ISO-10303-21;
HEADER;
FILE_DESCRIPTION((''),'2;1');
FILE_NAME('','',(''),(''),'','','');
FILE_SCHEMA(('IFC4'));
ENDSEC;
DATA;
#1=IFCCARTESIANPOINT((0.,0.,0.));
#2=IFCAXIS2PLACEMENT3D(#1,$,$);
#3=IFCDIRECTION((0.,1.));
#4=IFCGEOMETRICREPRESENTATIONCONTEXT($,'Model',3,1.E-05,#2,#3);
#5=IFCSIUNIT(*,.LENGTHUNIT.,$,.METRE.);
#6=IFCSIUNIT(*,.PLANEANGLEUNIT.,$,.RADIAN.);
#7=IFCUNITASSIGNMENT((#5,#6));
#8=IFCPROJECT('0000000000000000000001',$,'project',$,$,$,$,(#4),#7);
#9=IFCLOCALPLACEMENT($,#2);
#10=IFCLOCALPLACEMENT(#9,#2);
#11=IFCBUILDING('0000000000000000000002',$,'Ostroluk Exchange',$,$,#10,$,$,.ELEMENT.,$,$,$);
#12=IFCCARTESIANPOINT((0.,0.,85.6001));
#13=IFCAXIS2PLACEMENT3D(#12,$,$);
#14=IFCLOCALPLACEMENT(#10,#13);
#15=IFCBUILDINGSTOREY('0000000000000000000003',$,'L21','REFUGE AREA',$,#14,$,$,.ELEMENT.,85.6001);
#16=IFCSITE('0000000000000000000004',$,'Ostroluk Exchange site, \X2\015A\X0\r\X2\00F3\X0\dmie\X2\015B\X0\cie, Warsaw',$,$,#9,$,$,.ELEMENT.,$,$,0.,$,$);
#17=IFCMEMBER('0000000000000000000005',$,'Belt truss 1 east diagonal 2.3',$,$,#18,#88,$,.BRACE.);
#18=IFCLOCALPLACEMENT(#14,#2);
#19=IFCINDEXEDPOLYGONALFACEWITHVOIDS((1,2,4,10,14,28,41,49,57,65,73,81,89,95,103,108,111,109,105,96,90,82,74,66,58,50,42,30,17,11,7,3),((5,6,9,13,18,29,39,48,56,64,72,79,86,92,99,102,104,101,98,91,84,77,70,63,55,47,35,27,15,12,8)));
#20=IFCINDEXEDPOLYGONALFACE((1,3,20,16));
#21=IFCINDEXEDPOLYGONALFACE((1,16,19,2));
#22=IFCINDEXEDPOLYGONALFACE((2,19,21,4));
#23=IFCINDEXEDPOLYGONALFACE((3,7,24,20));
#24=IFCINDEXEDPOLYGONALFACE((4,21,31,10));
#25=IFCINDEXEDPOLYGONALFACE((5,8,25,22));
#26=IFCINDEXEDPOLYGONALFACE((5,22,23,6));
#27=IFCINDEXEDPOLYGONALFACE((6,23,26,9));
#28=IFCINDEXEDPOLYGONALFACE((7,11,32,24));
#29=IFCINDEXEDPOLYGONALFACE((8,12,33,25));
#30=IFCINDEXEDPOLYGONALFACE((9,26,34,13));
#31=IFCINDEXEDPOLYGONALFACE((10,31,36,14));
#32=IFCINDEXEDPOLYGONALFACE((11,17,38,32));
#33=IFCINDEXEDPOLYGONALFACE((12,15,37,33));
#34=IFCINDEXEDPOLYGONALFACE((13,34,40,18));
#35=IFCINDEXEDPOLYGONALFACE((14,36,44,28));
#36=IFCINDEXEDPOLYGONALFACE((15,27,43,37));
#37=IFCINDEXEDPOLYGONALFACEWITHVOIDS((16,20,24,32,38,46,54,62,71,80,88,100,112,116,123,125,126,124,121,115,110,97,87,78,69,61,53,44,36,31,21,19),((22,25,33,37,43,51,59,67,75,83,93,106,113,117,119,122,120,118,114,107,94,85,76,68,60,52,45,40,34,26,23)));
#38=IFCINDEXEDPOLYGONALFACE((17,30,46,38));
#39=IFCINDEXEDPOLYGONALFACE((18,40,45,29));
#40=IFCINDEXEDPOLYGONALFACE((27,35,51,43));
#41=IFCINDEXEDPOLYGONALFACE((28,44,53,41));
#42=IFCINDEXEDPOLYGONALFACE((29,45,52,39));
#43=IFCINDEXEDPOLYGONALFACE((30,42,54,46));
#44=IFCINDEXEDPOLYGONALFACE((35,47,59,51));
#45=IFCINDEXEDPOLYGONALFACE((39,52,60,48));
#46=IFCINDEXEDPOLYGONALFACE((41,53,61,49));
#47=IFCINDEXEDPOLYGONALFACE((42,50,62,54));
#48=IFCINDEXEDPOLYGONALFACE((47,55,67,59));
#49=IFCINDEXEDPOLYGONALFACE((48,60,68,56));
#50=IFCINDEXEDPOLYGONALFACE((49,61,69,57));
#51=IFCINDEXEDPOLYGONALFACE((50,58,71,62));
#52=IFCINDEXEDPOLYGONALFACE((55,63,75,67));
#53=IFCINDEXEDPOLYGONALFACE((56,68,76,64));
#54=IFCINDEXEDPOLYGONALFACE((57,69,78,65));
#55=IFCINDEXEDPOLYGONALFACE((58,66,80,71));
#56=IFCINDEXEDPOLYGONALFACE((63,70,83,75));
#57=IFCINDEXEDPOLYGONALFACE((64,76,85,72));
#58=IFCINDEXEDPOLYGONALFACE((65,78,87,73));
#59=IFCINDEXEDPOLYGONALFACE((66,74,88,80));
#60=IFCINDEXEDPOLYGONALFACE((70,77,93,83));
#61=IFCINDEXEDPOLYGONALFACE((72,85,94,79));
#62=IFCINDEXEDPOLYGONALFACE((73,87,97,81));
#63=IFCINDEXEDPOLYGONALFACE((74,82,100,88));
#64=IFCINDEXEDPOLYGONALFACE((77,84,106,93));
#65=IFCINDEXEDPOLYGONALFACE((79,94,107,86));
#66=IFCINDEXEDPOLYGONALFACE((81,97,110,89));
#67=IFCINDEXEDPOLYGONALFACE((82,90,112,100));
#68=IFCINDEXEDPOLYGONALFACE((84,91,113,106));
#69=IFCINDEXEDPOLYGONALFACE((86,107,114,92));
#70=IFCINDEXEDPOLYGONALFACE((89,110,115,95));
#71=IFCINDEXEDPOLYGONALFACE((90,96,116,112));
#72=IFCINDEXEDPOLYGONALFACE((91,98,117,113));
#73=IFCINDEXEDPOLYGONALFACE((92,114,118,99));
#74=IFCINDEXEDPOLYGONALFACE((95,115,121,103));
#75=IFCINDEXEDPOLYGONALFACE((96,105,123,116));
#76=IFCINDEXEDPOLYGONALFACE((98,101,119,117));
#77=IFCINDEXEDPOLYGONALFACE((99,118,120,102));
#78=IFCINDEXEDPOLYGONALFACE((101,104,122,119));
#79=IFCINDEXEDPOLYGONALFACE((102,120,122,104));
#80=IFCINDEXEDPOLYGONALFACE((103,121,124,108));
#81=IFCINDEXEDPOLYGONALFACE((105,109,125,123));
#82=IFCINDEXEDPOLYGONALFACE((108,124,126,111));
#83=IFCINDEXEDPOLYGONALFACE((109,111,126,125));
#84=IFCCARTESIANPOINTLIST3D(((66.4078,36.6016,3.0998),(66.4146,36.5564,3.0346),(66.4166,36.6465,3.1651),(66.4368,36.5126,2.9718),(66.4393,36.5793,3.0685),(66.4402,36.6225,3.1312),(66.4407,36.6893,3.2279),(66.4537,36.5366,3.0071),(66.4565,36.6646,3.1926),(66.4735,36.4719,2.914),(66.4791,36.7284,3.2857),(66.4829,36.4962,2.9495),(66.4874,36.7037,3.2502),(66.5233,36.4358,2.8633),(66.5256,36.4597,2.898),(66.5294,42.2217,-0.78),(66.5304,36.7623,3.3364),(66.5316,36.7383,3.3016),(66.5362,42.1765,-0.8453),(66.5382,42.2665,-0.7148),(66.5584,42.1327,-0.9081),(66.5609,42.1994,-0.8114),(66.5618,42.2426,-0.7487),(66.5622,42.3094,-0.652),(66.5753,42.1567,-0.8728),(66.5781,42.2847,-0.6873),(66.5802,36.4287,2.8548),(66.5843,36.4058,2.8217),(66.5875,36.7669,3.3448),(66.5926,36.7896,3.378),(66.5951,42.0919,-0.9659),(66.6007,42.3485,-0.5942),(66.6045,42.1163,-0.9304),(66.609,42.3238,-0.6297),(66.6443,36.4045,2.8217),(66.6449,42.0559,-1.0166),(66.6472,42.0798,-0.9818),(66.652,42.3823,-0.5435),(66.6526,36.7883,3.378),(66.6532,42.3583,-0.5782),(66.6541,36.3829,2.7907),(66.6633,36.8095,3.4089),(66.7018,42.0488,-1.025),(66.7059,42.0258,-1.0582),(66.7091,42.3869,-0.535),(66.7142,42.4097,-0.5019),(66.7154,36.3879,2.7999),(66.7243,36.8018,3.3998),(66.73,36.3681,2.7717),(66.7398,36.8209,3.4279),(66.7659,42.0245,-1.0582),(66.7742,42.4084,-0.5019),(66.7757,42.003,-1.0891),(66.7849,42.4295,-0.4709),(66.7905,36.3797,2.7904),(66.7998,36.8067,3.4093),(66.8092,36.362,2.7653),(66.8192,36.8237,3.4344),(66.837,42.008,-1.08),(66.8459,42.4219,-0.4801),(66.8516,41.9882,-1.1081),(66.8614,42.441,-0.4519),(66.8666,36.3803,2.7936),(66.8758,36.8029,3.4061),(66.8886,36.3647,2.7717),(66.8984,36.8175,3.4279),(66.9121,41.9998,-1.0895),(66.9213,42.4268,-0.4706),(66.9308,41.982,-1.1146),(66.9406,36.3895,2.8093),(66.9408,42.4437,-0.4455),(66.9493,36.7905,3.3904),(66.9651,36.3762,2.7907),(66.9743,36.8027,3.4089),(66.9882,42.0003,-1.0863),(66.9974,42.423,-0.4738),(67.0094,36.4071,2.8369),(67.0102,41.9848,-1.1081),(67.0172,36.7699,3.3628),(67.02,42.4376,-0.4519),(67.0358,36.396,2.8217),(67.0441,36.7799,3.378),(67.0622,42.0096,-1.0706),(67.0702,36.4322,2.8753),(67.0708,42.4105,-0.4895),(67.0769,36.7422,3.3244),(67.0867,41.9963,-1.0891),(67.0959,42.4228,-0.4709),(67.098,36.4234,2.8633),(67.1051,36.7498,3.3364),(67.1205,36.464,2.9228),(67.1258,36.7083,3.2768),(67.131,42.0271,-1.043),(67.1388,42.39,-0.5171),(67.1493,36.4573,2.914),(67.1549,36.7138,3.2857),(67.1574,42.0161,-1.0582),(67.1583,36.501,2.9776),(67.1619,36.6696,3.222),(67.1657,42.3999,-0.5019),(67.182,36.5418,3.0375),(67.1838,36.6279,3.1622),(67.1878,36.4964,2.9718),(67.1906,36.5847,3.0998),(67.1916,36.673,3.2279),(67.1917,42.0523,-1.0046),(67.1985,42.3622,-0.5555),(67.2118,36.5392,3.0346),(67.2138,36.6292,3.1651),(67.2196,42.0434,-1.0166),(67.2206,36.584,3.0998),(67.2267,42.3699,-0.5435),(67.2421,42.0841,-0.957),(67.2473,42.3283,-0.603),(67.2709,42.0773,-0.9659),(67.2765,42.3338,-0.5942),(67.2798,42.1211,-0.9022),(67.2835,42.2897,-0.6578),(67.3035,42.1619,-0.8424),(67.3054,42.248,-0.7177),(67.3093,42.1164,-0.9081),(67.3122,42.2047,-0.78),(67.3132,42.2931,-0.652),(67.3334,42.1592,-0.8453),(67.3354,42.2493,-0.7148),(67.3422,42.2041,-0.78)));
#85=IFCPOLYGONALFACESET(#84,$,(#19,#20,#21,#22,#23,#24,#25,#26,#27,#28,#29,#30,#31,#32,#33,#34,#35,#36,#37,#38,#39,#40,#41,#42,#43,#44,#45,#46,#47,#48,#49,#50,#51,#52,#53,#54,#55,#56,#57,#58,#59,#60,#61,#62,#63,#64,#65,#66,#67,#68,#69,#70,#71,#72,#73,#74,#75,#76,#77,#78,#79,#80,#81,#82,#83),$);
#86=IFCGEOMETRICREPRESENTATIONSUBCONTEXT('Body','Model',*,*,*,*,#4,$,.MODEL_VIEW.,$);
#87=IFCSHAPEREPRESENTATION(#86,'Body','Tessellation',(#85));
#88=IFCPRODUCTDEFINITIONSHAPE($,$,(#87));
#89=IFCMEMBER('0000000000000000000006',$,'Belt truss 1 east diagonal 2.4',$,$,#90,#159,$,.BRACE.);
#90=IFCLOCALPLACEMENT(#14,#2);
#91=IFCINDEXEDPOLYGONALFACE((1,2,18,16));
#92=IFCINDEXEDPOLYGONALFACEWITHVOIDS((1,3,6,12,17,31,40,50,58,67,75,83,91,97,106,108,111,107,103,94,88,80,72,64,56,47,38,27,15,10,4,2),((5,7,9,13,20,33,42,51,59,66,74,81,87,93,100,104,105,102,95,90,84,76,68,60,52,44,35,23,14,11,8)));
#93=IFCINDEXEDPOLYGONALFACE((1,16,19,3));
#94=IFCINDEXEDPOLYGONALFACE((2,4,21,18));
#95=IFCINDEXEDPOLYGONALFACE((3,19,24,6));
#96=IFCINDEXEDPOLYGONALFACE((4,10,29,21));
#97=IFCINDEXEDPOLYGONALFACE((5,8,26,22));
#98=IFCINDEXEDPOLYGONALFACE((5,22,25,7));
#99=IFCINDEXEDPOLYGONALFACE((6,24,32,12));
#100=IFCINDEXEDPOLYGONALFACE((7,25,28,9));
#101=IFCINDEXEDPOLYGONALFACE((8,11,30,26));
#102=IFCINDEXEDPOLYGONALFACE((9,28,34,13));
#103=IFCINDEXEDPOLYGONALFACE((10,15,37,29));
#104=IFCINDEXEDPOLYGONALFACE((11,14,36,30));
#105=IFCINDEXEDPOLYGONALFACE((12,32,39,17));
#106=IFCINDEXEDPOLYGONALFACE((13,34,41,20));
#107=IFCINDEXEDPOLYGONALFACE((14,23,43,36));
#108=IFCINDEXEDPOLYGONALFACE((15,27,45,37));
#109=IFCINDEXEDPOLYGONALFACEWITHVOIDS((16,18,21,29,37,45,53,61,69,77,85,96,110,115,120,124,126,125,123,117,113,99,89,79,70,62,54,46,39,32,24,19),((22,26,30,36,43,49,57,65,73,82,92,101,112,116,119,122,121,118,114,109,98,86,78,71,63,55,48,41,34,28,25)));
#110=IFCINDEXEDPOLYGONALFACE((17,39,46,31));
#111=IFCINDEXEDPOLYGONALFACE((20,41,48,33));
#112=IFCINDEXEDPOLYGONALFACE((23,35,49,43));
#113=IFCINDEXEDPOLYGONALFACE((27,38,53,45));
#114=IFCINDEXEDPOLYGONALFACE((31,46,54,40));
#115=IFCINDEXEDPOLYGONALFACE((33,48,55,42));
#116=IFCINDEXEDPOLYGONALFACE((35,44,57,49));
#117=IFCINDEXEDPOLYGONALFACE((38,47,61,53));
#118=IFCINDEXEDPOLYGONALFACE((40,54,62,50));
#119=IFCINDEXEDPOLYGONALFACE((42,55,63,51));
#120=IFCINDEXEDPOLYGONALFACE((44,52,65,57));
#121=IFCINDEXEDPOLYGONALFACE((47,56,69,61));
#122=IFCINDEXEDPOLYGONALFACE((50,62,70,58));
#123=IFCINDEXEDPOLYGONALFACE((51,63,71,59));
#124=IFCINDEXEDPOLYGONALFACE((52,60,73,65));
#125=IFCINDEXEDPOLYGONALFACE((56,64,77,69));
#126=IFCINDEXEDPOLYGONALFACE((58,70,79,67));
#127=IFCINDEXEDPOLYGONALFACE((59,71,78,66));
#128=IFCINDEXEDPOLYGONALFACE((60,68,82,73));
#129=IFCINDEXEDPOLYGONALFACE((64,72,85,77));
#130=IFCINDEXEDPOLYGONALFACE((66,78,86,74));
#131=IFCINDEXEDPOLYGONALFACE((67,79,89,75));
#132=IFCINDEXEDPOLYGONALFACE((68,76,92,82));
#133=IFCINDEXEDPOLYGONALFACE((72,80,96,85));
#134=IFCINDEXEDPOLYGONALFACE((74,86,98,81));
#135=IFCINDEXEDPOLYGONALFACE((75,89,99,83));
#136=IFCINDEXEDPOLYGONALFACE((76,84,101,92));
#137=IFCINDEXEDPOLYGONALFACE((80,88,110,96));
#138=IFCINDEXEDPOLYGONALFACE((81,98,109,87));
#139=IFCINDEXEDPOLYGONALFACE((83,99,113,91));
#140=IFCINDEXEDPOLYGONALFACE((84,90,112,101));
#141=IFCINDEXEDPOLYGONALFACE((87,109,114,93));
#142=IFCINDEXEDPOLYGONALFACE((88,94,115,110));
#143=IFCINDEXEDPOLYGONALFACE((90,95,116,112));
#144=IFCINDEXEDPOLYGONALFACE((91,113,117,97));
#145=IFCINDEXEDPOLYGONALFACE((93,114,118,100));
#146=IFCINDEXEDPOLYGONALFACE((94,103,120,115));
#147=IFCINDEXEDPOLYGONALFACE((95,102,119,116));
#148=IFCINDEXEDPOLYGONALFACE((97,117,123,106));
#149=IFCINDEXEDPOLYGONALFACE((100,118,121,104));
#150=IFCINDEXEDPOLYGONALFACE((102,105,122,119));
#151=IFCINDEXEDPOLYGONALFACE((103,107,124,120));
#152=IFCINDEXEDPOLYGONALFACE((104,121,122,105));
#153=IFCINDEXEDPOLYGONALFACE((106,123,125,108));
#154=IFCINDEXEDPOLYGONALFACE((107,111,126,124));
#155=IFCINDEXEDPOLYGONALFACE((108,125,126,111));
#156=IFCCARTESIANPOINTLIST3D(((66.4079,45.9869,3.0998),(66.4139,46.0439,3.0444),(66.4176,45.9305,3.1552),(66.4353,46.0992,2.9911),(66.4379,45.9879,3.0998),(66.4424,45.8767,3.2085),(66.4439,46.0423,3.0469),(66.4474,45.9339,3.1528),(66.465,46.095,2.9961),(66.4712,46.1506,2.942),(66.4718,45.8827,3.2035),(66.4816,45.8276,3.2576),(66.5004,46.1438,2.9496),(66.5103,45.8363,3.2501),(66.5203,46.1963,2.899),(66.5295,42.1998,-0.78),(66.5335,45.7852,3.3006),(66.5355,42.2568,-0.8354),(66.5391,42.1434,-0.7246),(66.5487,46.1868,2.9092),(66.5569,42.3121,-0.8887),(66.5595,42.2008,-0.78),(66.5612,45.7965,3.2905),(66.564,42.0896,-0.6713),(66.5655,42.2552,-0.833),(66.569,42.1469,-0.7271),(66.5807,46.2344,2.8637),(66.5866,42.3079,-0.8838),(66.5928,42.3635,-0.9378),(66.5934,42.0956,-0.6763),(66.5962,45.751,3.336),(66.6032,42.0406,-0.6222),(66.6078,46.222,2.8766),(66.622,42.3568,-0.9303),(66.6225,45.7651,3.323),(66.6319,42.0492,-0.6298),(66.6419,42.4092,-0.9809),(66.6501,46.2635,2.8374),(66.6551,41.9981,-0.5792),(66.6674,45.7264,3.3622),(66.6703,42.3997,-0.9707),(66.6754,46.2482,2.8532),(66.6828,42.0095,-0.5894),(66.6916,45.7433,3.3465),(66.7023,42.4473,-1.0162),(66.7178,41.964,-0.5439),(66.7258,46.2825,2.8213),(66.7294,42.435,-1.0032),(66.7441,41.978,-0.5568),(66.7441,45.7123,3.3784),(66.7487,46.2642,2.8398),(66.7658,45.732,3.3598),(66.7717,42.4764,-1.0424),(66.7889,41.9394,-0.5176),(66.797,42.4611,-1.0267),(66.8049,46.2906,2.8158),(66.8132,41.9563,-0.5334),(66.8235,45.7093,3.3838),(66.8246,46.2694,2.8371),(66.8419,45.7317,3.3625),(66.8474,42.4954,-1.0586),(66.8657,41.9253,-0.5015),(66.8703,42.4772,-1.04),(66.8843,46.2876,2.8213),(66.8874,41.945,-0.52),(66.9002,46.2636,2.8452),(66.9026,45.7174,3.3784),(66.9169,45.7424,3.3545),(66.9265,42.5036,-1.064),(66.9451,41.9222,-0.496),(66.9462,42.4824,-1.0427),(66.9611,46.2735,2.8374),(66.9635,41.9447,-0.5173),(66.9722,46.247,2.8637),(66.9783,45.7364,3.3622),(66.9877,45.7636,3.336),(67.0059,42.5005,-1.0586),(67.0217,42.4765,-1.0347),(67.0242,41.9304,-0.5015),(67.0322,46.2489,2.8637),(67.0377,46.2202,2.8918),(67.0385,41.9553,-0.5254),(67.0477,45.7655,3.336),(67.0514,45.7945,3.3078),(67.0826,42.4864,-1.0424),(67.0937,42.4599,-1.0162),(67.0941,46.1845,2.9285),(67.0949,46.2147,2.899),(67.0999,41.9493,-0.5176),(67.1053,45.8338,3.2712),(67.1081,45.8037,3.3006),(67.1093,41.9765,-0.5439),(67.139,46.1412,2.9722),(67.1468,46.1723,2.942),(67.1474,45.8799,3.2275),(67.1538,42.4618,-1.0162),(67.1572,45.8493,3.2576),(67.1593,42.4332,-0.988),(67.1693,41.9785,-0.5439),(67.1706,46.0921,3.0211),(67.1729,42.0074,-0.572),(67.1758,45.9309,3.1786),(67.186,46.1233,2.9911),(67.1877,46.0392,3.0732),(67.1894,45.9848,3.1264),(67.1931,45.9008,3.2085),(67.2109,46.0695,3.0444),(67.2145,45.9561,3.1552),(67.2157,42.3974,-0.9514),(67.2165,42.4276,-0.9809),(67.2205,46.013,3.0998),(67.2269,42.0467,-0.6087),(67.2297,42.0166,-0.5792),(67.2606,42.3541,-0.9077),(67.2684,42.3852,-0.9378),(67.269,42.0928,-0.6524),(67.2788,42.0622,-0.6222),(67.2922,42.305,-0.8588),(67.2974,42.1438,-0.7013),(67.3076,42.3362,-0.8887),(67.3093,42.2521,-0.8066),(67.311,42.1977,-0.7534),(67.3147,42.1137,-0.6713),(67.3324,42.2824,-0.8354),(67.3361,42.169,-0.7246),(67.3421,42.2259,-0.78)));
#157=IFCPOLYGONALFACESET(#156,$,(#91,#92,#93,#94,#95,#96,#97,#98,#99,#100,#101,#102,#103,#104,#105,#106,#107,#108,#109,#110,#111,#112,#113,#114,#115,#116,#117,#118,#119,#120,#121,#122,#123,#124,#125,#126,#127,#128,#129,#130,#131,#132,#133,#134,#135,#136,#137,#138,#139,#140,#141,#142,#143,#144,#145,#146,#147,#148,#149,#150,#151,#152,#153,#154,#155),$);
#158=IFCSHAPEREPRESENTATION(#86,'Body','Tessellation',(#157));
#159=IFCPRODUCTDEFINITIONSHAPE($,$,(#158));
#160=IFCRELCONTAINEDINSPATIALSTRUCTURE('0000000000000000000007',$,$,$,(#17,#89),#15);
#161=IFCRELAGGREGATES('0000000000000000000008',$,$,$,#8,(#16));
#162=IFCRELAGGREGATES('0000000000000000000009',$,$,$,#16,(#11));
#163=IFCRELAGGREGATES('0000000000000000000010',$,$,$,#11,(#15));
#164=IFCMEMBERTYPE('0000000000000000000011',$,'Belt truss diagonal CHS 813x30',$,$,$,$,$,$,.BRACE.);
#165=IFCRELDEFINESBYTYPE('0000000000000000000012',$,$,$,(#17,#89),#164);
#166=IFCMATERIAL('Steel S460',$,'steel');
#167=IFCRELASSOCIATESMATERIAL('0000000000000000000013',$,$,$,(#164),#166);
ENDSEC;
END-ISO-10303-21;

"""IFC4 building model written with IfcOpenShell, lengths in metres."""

from ifc_helpers import new_model, si_unit, direction, frame, origin, origin_2d, place, context, subcontext, project, spatial, hollow_circle, extrude, material, material_profile, profile_set, type_object, element, save


model = new_model("IFC4")

# Units and contexts
model_context = context("Model", 3, precision=1e-05, world=origin(), true_north=direction((0.0, 1.0)))
body_context = subcontext(model_context, "Body", "Model", "MODEL_VIEW")
ifc_project = project(units=[si_unit("LENGTHUNIT", "METRE"), si_unit("PLANEANGLEUNIT", "RADIAN")], contexts=[model_context])

# Site, building, storey
site_placement = place(None, origin())
site = spatial("IfcSite", under=ifc_project, at=site_placement, Name="Ostroluk Exchange site, Śródmieście, Warsaw", CompositionType="ELEMENT", RefElevation=0.0)
building_placement = place(site_placement, origin())
building = spatial("IfcBuilding", under=site, at=building_placement, Name="Ostroluk Exchange", CompositionType="ELEMENT")
storey_placement = place(building_placement, frame((0.0, 0.0, 85.6001)))
storey = spatial("IfcBuildingStorey", under=building, at=storey_placement, Name="L21", Description="REFUGE AREA", CompositionType="ELEMENT", Elevation=85.6001)

# Members
ifc_material_1 = material(Name="Steel S460", Category="steel")
ifc_material_profile_1 = material_profile(ifc_material_1, hollow_circle(Radius=0.4065, WallThickness=0.03, at=origin_2d()), Name="CHS 813x30")
ifc_profile_set_1 = profile_set([ifc_material_profile_1], Name="Steel S460")
member_type_1 = type_object("IfcMemberType", Name="Belt truss diagonal CHS 813x30", PredefinedType="BRACE", material=ifc_profile_set_1)
member_1_placement = place(storey_placement, frame((66.9358, 42.2129, -0.78), z_axis=(-0.0178, -0.822813, 0.568034), x_axis=(0.999766, -0.021628, 0.0)))
element("IfcMember", 1, at=member_1_placement, inside=storey, type_object=member_type_1, Name="Belt truss 1 east diagonal 2.3", PredefinedType="BRACE", context=body_context, shape_type="SweptSolid", body=[
    extrude(hollow_circle(Radius=0.4065, WallThickness=0.03, at=origin_2d()), origin(), (0.0, 0.0, 1.0), 6.8303),
])
member_2_placement = place(storey_placement, frame((66.9358, 42.2129, -0.78), z_axis=(-0.022419, 0.698324, 0.715431), x_axis=(-0.999485, -0.032088, 0.0)))
element("IfcMember", 2, at=member_2_placement, inside=storey, type_object=member_type_1, Name="Belt truss 1 east diagonal 2.4", PredefinedType="BRACE", context=body_context, shape_type="SweptSolid", body=[
    extrude(hollow_circle(Radius=0.4065, WallThickness=0.03, at=origin_2d()), origin(), (0.0, 0.0, 1.0), 5.4231),
])

save(model, "model.ifc")
